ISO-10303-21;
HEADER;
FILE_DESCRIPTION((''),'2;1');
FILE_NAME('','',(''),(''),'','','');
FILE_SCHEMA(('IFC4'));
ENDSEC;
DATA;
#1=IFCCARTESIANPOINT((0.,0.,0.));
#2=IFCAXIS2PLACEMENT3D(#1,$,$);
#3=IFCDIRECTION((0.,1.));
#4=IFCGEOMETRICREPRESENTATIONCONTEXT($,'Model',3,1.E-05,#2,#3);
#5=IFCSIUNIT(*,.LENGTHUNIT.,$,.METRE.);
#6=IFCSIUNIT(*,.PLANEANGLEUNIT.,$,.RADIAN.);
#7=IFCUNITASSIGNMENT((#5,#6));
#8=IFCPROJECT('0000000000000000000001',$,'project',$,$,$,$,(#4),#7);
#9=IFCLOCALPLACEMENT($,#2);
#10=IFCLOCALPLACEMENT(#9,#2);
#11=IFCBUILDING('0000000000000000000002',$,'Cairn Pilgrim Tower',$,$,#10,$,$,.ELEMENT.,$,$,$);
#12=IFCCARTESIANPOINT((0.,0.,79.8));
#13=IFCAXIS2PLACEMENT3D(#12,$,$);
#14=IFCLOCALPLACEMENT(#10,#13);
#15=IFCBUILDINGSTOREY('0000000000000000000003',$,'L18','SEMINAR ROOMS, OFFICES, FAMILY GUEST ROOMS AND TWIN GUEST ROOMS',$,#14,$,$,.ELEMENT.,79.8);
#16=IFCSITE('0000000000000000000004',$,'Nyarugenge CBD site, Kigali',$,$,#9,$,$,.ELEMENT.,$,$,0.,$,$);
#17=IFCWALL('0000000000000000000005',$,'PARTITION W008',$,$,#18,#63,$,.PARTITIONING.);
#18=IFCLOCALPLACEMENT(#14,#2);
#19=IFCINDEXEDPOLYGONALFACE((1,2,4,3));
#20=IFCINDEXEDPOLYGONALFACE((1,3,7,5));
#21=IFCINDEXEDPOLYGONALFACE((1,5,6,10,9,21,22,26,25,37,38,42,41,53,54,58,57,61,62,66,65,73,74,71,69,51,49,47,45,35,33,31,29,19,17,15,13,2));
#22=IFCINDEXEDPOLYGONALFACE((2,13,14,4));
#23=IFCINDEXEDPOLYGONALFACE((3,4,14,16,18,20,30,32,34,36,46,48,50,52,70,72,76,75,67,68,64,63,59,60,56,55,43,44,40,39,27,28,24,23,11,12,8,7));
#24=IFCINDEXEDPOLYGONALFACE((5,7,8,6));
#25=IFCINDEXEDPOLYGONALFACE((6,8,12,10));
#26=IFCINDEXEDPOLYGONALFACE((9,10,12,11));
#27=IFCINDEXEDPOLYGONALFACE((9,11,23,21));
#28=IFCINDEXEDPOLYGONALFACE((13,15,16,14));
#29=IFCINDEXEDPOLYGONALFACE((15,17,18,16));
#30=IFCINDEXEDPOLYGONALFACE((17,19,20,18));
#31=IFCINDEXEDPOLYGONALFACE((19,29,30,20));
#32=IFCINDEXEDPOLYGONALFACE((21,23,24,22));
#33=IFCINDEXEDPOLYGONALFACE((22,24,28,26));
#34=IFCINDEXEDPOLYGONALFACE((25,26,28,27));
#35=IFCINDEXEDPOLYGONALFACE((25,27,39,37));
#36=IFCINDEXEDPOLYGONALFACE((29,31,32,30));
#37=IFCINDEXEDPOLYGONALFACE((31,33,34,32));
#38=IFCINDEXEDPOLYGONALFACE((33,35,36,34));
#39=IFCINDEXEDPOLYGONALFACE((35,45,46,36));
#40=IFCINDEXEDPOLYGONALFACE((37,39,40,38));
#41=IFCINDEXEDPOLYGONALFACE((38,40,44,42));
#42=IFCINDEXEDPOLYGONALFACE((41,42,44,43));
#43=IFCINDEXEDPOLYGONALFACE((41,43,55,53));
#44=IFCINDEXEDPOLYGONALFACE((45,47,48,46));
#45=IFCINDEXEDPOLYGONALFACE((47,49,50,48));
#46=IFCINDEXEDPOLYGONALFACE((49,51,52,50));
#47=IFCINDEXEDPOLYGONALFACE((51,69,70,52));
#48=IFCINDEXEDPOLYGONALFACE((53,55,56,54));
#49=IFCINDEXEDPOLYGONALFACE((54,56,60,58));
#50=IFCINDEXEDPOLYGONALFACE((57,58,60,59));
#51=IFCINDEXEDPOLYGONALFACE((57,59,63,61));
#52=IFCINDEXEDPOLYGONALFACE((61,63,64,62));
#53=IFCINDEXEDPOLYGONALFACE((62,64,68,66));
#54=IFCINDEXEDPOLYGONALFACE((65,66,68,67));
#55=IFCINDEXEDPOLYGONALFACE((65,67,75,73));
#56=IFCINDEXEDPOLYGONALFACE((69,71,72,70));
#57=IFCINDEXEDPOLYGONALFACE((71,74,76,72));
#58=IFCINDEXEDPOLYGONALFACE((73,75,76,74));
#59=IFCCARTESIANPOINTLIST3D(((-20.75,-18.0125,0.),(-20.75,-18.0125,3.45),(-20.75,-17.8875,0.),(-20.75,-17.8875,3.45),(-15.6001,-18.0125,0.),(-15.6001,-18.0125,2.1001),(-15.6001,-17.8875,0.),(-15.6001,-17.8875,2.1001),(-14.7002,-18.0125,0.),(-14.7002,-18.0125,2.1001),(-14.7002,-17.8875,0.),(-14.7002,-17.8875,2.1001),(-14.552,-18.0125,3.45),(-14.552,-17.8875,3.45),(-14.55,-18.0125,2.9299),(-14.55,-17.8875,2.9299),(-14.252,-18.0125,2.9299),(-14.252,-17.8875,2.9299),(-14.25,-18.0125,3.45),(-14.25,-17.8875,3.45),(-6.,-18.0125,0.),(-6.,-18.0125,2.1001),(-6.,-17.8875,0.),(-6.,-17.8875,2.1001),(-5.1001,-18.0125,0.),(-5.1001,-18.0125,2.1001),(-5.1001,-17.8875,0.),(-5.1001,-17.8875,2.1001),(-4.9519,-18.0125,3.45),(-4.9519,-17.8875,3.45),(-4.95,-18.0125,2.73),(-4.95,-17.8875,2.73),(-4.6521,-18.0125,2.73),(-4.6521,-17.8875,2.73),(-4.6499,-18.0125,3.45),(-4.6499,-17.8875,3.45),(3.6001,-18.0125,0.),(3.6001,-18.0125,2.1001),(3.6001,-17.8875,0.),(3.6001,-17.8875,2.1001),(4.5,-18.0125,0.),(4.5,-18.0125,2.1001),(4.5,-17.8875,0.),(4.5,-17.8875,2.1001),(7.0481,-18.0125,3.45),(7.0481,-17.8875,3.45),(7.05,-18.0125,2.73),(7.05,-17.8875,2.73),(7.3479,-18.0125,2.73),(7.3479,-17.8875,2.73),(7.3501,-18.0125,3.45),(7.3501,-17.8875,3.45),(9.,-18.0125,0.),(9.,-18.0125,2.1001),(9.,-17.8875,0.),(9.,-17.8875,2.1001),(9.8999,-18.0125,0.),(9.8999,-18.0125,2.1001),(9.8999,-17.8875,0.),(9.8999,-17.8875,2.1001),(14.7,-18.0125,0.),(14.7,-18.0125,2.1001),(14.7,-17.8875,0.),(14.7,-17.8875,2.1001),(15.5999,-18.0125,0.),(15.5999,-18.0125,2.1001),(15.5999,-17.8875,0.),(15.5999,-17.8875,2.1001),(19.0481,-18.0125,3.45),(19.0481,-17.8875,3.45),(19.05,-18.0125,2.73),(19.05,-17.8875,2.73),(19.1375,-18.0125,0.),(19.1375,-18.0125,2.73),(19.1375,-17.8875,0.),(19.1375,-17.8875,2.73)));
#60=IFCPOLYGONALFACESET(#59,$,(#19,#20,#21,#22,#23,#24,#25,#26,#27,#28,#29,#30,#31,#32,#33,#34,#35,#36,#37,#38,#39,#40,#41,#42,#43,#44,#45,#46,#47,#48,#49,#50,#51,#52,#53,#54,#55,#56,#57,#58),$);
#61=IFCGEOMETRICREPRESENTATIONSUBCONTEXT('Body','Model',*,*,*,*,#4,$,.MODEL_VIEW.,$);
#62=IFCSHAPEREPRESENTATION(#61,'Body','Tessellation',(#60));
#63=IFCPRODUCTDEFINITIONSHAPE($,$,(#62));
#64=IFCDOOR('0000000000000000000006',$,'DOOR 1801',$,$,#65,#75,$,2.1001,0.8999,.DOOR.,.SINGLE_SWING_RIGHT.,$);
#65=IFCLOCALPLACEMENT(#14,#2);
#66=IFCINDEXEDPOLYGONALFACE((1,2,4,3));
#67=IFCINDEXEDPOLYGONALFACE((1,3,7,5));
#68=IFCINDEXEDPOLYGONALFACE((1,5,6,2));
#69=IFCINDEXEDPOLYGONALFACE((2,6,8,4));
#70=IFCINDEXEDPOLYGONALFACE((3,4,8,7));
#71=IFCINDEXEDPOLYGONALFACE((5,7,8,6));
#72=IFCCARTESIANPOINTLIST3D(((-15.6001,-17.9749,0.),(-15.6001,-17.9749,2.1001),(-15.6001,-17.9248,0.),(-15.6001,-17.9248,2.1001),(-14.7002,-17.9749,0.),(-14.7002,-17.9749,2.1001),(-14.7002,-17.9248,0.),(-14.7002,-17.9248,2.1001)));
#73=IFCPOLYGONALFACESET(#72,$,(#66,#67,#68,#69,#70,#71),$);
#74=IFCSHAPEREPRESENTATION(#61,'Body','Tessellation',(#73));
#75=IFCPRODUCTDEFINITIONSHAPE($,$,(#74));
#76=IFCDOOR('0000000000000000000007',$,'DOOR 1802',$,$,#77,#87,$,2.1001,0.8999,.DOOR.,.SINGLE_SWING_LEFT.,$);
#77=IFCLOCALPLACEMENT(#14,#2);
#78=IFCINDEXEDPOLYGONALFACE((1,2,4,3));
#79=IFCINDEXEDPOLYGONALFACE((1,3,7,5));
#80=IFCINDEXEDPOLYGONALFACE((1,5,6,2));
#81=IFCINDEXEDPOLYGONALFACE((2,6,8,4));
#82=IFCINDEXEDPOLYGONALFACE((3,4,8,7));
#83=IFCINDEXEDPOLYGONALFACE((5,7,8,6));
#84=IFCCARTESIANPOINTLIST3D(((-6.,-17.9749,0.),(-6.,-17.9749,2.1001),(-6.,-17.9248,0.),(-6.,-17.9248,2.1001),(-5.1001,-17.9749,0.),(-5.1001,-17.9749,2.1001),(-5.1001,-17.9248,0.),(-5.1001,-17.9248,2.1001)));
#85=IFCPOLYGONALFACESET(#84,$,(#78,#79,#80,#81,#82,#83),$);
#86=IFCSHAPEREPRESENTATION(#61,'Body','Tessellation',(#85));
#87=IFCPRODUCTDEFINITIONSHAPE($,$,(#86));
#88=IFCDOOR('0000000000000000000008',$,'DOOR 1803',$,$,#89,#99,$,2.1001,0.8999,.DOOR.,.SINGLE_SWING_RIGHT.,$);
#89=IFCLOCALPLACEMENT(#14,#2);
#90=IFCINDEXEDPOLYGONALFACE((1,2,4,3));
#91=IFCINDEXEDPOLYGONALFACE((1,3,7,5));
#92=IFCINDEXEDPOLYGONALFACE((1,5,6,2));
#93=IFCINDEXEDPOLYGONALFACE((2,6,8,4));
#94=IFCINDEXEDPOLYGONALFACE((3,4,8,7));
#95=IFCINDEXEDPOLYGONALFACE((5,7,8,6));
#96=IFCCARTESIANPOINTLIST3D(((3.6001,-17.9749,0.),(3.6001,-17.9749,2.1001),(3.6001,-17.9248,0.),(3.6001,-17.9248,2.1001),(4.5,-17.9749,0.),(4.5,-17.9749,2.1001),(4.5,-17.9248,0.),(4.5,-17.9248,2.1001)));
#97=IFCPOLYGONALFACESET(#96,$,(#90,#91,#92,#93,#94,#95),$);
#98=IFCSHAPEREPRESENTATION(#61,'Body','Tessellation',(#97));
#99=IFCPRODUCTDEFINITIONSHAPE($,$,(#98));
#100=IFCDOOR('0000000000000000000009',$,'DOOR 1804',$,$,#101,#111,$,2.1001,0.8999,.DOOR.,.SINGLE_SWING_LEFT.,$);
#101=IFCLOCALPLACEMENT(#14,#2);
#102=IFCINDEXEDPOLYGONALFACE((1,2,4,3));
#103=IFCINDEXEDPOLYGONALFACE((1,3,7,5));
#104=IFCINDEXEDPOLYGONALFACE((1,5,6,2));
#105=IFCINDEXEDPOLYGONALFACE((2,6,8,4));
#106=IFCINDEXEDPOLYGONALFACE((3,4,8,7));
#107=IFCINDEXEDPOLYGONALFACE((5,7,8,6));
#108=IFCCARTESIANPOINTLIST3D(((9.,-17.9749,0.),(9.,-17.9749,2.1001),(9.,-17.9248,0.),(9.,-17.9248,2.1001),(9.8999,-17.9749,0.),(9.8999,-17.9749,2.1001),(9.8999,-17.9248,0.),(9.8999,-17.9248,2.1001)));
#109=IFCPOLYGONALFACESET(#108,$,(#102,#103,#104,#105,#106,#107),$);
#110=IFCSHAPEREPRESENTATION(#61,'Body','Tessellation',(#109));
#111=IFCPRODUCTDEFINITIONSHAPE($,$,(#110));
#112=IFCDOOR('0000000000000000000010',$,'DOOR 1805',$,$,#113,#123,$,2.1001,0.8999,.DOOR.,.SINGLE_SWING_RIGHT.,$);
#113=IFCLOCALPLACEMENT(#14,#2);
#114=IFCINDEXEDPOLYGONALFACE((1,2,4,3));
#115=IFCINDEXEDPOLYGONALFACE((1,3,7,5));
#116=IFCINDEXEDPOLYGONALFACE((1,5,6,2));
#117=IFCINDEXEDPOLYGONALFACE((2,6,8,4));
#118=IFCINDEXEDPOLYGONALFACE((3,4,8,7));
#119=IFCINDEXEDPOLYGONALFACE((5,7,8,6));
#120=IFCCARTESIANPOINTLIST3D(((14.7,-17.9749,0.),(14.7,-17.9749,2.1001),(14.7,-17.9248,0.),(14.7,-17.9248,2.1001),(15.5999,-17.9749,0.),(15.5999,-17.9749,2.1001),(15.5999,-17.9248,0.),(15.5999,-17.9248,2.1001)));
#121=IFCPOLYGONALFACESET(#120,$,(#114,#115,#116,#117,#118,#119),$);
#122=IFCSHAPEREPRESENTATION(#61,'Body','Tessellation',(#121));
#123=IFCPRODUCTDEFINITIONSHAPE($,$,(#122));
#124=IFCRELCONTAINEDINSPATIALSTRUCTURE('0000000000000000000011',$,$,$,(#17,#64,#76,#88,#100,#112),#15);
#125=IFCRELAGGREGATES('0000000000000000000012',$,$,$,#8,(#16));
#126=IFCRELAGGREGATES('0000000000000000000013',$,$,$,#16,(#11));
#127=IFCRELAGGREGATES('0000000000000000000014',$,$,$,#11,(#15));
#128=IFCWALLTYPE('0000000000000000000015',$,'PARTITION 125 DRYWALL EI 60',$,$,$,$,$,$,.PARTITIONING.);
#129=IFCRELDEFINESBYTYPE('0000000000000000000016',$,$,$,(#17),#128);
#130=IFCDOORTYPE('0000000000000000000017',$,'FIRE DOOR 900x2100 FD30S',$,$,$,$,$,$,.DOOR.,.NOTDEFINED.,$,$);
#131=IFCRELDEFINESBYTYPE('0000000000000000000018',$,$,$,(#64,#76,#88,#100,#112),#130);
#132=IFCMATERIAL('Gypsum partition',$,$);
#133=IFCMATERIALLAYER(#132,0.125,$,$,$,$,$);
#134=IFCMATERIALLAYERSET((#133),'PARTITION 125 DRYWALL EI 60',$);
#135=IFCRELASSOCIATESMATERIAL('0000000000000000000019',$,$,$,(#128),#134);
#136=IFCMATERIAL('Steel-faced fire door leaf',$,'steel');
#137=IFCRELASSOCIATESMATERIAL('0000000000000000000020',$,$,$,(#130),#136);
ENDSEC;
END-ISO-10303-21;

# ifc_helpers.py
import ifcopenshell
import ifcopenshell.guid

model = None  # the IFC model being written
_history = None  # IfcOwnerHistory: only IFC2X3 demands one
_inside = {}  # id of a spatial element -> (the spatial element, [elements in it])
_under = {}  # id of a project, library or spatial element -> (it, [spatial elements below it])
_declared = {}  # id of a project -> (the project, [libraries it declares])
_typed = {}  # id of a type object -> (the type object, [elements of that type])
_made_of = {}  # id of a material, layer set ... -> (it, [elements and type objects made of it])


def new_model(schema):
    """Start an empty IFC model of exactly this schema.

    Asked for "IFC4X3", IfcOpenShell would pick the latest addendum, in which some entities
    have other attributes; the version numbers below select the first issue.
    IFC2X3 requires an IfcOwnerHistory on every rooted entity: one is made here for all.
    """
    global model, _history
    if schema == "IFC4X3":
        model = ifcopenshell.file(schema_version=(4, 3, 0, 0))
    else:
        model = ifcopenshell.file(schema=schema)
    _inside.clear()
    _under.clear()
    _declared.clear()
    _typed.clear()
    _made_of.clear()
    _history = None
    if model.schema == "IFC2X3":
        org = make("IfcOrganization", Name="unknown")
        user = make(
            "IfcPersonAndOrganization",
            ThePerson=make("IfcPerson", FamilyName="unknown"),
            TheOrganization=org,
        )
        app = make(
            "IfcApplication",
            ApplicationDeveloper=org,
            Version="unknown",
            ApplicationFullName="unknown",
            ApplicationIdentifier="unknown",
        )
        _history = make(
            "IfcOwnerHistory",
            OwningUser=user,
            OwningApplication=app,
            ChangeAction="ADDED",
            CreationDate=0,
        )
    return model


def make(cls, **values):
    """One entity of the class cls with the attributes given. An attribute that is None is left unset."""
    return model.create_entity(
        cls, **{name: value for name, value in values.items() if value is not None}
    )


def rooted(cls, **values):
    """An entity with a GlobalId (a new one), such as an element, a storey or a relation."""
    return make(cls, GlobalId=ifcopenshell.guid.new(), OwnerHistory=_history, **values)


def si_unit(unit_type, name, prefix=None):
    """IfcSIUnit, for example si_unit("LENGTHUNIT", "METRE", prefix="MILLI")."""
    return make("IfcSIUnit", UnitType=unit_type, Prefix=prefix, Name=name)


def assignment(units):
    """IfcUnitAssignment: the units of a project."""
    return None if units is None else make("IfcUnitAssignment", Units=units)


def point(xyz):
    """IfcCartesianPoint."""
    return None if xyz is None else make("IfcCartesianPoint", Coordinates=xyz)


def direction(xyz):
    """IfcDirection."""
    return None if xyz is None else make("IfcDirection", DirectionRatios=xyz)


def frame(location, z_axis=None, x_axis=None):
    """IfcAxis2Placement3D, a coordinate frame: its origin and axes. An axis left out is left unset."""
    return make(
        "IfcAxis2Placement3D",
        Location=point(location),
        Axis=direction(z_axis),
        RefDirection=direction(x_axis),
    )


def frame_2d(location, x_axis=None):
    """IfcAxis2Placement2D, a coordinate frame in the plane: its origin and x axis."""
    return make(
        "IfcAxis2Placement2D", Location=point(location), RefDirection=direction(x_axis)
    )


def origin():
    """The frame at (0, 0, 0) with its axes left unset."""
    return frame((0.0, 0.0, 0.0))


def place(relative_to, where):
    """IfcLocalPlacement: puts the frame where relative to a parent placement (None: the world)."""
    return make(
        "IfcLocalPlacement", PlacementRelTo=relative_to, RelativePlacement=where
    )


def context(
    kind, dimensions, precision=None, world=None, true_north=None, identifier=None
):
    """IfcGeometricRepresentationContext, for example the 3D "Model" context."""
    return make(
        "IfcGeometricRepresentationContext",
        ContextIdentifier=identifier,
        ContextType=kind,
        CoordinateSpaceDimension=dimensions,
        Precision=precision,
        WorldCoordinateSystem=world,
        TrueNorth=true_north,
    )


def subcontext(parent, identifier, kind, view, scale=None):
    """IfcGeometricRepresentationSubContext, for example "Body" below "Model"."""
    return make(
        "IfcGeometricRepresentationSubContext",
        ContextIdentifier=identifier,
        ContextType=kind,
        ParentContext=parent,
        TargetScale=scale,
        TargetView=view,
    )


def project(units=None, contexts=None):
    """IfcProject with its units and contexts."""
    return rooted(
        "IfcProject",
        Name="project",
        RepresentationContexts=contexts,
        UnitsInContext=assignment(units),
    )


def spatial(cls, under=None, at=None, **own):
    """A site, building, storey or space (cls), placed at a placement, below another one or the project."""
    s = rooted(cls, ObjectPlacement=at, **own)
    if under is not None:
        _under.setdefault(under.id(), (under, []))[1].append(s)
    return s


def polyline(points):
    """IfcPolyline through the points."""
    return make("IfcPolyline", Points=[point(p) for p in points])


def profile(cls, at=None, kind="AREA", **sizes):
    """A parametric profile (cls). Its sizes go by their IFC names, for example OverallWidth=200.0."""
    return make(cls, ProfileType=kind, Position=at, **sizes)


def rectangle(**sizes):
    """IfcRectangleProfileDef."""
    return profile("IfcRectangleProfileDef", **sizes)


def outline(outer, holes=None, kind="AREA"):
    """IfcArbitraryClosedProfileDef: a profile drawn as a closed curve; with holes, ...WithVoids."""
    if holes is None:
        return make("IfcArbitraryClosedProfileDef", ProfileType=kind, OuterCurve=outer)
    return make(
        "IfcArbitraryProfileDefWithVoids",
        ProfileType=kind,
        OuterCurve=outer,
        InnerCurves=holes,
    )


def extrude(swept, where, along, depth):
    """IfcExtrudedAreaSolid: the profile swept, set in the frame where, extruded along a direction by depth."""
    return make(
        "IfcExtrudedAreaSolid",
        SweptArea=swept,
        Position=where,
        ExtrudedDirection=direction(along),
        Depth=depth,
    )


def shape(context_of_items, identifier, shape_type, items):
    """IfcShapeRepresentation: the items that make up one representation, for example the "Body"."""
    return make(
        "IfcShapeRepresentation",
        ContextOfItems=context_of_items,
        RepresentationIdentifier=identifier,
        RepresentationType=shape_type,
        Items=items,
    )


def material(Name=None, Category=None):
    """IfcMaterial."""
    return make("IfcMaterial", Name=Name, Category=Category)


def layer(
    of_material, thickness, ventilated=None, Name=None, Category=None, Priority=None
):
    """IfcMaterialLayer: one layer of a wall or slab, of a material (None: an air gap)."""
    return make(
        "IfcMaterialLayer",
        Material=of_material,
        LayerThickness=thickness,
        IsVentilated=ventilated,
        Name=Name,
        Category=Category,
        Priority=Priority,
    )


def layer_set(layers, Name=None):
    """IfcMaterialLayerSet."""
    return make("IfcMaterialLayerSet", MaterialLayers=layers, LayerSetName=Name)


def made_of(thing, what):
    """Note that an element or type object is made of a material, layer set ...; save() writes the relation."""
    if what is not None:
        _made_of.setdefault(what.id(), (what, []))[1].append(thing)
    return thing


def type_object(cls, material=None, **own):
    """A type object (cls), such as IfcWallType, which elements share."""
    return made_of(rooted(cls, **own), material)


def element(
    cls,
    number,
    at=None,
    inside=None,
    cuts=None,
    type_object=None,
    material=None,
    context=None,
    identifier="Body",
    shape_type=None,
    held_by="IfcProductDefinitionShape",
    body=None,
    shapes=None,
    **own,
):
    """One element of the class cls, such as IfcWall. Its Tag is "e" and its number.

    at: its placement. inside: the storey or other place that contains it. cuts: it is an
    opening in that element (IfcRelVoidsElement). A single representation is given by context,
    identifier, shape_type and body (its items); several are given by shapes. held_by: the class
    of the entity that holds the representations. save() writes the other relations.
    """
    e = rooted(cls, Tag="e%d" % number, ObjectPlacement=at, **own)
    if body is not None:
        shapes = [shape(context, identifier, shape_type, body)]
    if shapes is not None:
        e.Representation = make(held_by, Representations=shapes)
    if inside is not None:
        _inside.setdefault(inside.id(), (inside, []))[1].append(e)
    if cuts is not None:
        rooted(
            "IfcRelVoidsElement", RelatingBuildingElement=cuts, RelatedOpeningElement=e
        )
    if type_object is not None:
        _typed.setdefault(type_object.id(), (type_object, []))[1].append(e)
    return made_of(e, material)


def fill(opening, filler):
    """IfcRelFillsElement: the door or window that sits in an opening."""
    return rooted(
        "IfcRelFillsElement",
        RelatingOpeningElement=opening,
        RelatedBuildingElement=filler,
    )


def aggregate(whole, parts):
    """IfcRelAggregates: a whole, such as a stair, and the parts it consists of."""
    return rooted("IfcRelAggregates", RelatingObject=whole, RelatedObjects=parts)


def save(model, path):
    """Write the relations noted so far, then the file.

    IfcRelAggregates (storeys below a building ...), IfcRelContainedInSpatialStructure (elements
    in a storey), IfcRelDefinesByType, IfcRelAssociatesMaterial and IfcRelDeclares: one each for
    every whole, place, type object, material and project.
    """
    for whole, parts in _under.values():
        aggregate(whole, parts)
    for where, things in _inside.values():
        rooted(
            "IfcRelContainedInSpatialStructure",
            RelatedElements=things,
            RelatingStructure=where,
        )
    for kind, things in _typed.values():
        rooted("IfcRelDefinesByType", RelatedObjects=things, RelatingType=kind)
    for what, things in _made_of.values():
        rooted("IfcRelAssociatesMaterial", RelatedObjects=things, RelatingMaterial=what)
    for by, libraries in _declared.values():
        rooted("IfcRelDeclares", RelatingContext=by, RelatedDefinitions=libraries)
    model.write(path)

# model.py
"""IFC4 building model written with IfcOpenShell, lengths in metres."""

from ifc_helpers import new_model, si_unit, direction, frame, frame_2d, origin, place, context, subcontext, project, spatial, polyline, rectangle, outline, extrude, material, layer, layer_set, type_object, element, fill, save


model = new_model("IFC4")

# Units and contexts
model_context = context("Model", 3, precision=1e-05, world=origin(), true_north=direction((0.0, 1.0)))
body_context = subcontext(model_context, "Body", "Model", "MODEL_VIEW")
ifc_project = project(units=[si_unit("LENGTHUNIT", "METRE"), si_unit("PLANEANGLEUNIT", "RADIAN")], contexts=[model_context])

# Site, building, storey
site_placement = place(None, origin())
site = spatial("IfcSite", under=ifc_project, at=site_placement, Name="Nyarugenge CBD site, Kigali", CompositionType="ELEMENT", RefElevation=0.0)
building_placement = place(site_placement, origin())
building = spatial("IfcBuilding", under=site, at=building_placement, Name="Cairn Pilgrim Tower", CompositionType="ELEMENT")
storey_placement = place(building_placement, frame((0.0, 0.0, 79.8)))
storey = spatial("IfcBuildingStorey", under=building, at=storey_placement, Name="L18", Description="SEMINAR ROOMS, OFFICES, FAMILY GUEST ROOMS AND TWIN GUEST ROOMS", CompositionType="ELEMENT", Elevation=79.8)

# Wall, openings, doors
ifc_material_1 = material(Name="Gypsum partition")
ifc_layer_1 = layer(ifc_material_1, 0.125)
ifc_layer_set_1 = layer_set([ifc_layer_1], Name="PARTITION 125 DRYWALL EI 60")
wall_type_1 = type_object("IfcWallType", Name="PARTITION 125 DRYWALL EI 60", PredefinedType="PARTITIONING", material=ifc_layer_set_1)
wall_1_placement = place(storey_placement, frame((-20.75, -17.95, 0.0), z_axis=(0.0, 0.0, 1.0), x_axis=(1.0, 0.0, 0.0)))
wall_1 = element("IfcWall", 1, at=wall_1_placement, inside=storey, type_object=wall_type_1, Name="PARTITION W008", PredefinedType="PARTITIONING", context=body_context, shape_type="SweptSolid", body=[
    extrude(outline(polyline([(0.0, 0.0), (39.8875, 0.0), (39.8875, 2.73), (39.8, 2.73), (39.7981, 3.45), (28.1001, 3.45), (28.0979, 2.73), (27.8, 2.73), (27.7981, 3.45), (16.1001, 3.45), (16.0979, 2.73), (15.8, 2.73), (15.7981, 3.45), (6.5, 3.45), (6.498, 2.9299), (6.2, 2.9299), (6.198, 3.45), (0.0, 3.45), (0.0, 0.0)])), frame((0.0, 0.0625, 0.0), z_axis=(0.0, -1.0, 0.0), x_axis=(1.0, 0.0, 0.0)), (0.0, 0.0, 1.0), 0.125),
])
opening_1_placement = place(wall_1_placement, frame((5.1499, 0.0, 0.0)))
opening_1 = element("IfcOpeningElement", 2, at=opening_1_placement, cuts=wall_1, PredefinedType="OPENING", context=body_context, shape_type="SweptSolid", body=[
    extrude(rectangle(XDim=0.8999, YDim=2.1001, at=frame_2d((0.45, 1.05))), frame((0.0, 0.0725, 0.0), z_axis=(0.0, -1.0, 0.0), x_axis=(1.0, 0.0, 0.0)), (0.0, 0.0, 1.0), 0.145),
])
opening_2_placement = place(wall_1_placement, frame((14.75, 0.0, 0.0)))
opening_2 = element("IfcOpeningElement", 3, at=opening_2_placement, cuts=wall_1, PredefinedType="OPENING", context=body_context, shape_type="SweptSolid", body=[
    extrude(rectangle(XDim=0.8999, YDim=2.1001, at=frame_2d((0.45, 1.05))), frame((0.0, 0.0725, 0.0), z_axis=(0.0, -1.0, 0.0), x_axis=(1.0, 0.0, 0.0)), (0.0, 0.0, 1.0), 0.145),
])
opening_3_placement = place(wall_1_placement, frame((24.3501, 0.0, 0.0)))
opening_3 = element("IfcOpeningElement", 4, at=opening_3_placement, cuts=wall_1, PredefinedType="OPENING", context=body_context, shape_type="SweptSolid", body=[
    extrude(rectangle(XDim=0.8999, YDim=2.1001, at=frame_2d((0.45, 1.05))), frame((0.0, 0.0725, 0.0), z_axis=(0.0, -1.0, 0.0), x_axis=(1.0, 0.0, 0.0)), (0.0, 0.0, 1.0), 0.145),
])
opening_4_placement = place(wall_1_placement, frame((29.75, 0.0, 0.0)))
opening_4 = element("IfcOpeningElement", 5, at=opening_4_placement, cuts=wall_1, PredefinedType="OPENING", context=body_context, shape_type="SweptSolid", body=[
    extrude(rectangle(XDim=0.8999, YDim=2.1001, at=frame_2d((0.45, 1.05))), frame((0.0, 0.0725, 0.0), z_axis=(0.0, -1.0, 0.0), x_axis=(1.0, 0.0, 0.0)), (0.0, 0.0, 1.0), 0.145),
])
opening_5_placement = place(wall_1_placement, frame((35.45, 0.0, 0.0)))
opening_5 = element("IfcOpeningElement", 6, at=opening_5_placement, cuts=wall_1, PredefinedType="OPENING", context=body_context, shape_type="SweptSolid", body=[
    extrude(rectangle(XDim=0.8999, YDim=2.1001, at=frame_2d((0.45, 1.05))), frame((0.0, 0.0725, 0.0), z_axis=(0.0, -1.0, 0.0), x_axis=(1.0, 0.0, 0.0)), (0.0, 0.0, 1.0), 0.145),
])
ifc_material_2 = material(Name="Steel-faced fire door leaf", Category="steel")
door_type_1 = type_object("IfcDoorType", Name="FIRE DOOR 900x2100 FD30S", OperationType="NOTDEFINED", PredefinedType="DOOR", material=ifc_material_2)
door_1_placement = place(opening_1_placement, frame((0.8999, 0.0, 0.0), z_axis=(0.0, 0.0, 1.0), x_axis=(-1.0, 0.0, 0.0)))
door_1 = element("IfcDoor", 7, at=door_1_placement, inside=storey, type_object=door_type_1, Name="DOOR 1801", OperationType="SINGLE_SWING_RIGHT", OverallHeight=2.1001, OverallWidth=0.8999, PredefinedType="DOOR", context=body_context, shape_type="SweptSolid", body=[
    extrude(rectangle(XDim=0.8999, YDim=2.1001, at=frame_2d((0.45, 1.05))), frame((0.0, 0.0249, 0.0), z_axis=(0.0, -1.0, 0.0), x_axis=(1.0, 0.0, 0.0)), (0.0, 0.0, 1.0), 0.05),
])
fill(opening_1, door_1)
door_2_placement = place(opening_2_placement, frame((0.8999, 0.0, 0.0), z_axis=(0.0, 0.0, 1.0), x_axis=(-1.0, 0.0, 0.0)))
door_2 = element("IfcDoor", 8, at=door_2_placement, inside=storey, type_object=door_type_1, Name="DOOR 1802", OperationType="SINGLE_SWING_LEFT", OverallHeight=2.1001, OverallWidth=0.8999, PredefinedType="DOOR", context=body_context, shape_type="SweptSolid", body=[
    extrude(rectangle(XDim=0.8999, YDim=2.1001, at=frame_2d((0.45, 1.05))), frame((0.0, 0.0249, 0.0), z_axis=(0.0, -1.0, 0.0), x_axis=(1.0, 0.0, 0.0)), (0.0, 0.0, 1.0), 0.05),
])
fill(opening_2, door_2)
door_3_placement = place(opening_3_placement, frame((0.8999, 0.0, 0.0), z_axis=(0.0, 0.0, 1.0), x_axis=(-1.0, 0.0, 0.0)))
door_3 = element("IfcDoor", 9, at=door_3_placement, inside=storey, type_object=door_type_1, Name="DOOR 1803", OperationType="SINGLE_SWING_RIGHT", OverallHeight=2.1001, OverallWidth=0.8999, PredefinedType="DOOR", context=body_context, shape_type="SweptSolid", body=[
    extrude(rectangle(XDim=0.8999, YDim=2.1001, at=frame_2d((0.45, 1.05))), frame((0.0, 0.0249, 0.0), z_axis=(0.0, -1.0, 0.0), x_axis=(1.0, 0.0, 0.0)), (0.0, 0.0, 1.0), 0.05),
])
fill(opening_3, door_3)
door_4_placement = place(opening_4_placement, frame((0.8999, 0.0, 0.0), z_axis=(0.0, 0.0, 1.0), x_axis=(-1.0, 0.0, 0.0)))
door_4 = element("IfcDoor", 10, at=door_4_placement, inside=storey, type_object=door_type_1, Name="DOOR 1804", OperationType="SINGLE_SWING_LEFT", OverallHeight=2.1001, OverallWidth=0.8999, PredefinedType="DOOR", context=body_context, shape_type="SweptSolid", body=[
    extrude(rectangle(XDim=0.8999, YDim=2.1001, at=frame_2d((0.45, 1.05))), frame((0.0, 0.0249, 0.0), z_axis=(0.0, -1.0, 0.0), x_axis=(1.0, 0.0, 0.0)), (0.0, 0.0, 1.0), 0.05),
])
fill(opening_4, door_4)
door_5_placement = place(opening_5_placement, frame((0.8999, 0.0, 0.0), z_axis=(0.0, 0.0, 1.0), x_axis=(-1.0, 0.0, 0.0)))
door_5 = element("IfcDoor", 11, at=door_5_placement, inside=storey, type_object=door_type_1, Name="DOOR 1805", OperationType="SINGLE_SWING_RIGHT", OverallHeight=2.1001, OverallWidth=0.8999, PredefinedType="DOOR", context=body_context, shape_type="SweptSolid", body=[
    extrude(rectangle(XDim=0.8999, YDim=2.1001, at=frame_2d((0.45, 1.05))), frame((0.0, 0.0249, 0.0), z_axis=(0.0, -1.0, 0.0), x_axis=(1.0, 0.0, 0.0)), (0.0, 0.0, 1.0), 0.05),
])
fill(opening_5, door_5)

save(model, "model.ifc")
